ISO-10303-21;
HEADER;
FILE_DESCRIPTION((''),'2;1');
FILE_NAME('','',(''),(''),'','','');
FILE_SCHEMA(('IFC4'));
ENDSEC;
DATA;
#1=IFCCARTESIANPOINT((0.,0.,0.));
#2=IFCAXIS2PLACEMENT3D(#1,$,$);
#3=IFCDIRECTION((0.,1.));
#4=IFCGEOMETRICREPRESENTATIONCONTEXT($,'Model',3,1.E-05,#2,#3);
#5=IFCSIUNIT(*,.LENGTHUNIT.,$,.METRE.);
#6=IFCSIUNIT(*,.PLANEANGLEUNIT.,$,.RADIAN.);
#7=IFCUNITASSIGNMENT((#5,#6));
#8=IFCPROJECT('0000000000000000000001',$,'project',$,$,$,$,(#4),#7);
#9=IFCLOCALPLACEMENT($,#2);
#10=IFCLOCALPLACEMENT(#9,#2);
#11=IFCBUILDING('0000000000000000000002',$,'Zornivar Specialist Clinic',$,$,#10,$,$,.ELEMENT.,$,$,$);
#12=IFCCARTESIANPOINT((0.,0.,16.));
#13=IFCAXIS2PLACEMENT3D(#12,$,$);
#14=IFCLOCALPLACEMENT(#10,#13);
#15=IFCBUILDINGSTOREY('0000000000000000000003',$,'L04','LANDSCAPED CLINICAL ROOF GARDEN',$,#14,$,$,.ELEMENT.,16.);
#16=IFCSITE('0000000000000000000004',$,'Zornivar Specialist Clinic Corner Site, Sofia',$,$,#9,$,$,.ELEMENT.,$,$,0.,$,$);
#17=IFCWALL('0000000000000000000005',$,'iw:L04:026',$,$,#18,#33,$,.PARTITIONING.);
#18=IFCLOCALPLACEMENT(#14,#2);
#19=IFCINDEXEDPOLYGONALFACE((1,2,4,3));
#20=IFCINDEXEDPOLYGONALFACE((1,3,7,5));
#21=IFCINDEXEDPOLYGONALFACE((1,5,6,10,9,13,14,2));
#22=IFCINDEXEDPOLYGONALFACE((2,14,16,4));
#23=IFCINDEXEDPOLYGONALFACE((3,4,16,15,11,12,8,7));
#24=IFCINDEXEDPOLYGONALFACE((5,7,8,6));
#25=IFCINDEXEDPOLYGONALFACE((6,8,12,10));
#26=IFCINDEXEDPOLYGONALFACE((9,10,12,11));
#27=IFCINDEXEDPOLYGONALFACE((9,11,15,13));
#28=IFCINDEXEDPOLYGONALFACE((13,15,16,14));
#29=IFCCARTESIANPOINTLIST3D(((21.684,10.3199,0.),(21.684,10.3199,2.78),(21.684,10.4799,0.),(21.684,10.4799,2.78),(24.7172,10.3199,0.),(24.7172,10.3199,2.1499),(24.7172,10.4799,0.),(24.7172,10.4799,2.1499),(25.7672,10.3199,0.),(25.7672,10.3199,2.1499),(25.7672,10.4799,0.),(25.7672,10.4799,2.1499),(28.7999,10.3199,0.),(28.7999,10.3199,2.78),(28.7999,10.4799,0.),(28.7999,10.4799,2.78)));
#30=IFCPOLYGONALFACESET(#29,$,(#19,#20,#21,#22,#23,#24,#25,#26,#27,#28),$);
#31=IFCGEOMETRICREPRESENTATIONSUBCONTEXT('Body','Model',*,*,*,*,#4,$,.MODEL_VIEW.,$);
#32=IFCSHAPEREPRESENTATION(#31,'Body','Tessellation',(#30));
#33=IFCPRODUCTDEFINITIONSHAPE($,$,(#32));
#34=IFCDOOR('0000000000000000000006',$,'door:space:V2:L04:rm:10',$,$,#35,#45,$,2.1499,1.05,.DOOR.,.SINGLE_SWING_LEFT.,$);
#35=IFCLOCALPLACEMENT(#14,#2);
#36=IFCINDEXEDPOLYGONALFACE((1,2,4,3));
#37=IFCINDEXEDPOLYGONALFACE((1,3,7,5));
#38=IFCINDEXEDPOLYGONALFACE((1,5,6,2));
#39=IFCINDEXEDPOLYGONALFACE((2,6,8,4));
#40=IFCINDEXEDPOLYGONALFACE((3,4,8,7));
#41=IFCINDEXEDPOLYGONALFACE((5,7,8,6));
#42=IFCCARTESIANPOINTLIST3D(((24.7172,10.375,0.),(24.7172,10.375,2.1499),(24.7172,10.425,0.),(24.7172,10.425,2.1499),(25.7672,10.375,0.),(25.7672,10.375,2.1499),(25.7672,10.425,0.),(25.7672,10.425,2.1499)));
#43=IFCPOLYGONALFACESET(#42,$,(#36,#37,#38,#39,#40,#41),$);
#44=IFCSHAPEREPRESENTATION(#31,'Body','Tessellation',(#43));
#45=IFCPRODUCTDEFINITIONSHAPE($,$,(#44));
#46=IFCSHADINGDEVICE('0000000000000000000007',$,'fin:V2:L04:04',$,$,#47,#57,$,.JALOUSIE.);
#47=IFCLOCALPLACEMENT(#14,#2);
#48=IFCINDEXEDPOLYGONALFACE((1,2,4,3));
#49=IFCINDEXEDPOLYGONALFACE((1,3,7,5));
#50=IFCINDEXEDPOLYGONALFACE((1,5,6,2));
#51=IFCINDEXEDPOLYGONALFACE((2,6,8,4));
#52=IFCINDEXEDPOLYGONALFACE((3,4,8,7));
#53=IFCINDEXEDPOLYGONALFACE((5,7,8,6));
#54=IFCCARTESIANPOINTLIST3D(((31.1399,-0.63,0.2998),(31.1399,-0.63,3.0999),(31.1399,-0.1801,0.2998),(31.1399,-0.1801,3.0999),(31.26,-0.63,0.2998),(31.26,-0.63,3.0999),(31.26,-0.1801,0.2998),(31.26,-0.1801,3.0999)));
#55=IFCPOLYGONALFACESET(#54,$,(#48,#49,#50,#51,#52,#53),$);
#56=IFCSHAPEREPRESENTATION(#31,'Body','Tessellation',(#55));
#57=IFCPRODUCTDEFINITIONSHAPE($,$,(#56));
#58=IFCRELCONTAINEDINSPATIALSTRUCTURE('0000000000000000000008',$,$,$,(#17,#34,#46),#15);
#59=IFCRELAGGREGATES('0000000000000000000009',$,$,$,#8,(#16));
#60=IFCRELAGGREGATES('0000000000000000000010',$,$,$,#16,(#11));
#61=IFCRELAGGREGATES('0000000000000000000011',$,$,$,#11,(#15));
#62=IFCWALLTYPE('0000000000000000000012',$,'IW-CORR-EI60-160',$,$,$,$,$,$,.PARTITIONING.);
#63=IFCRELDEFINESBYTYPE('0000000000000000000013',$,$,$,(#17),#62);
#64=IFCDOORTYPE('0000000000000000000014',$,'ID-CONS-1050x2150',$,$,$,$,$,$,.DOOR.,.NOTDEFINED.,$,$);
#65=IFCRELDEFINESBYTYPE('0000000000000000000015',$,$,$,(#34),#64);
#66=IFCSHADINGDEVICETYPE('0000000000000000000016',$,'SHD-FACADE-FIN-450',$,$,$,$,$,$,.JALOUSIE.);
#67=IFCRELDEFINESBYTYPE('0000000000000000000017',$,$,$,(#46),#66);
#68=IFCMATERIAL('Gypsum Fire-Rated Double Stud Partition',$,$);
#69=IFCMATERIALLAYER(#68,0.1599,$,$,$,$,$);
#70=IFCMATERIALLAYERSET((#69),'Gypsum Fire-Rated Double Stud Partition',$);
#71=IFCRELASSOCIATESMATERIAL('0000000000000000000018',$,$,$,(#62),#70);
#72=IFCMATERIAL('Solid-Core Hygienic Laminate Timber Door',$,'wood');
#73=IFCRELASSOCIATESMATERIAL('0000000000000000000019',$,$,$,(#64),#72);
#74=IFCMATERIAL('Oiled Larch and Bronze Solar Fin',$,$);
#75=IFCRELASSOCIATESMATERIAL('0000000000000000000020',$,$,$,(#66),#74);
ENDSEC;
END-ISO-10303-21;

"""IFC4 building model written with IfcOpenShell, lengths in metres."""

from ifc_helpers import new_model, si_unit, direction, frame, frame_2d, origin, origin_2d, place, context, subcontext, project, spatial, rectangle, extrude, material, layer, layer_set, type_object, element, fill, save


model = new_model("IFC4")

# Units and contexts
model_context = context("Model", 3, precision=1e-05, world=origin(), true_north=direction((0.0, 1.0)))
body_context = subcontext(model_context, "Body", "Model", "MODEL_VIEW")
ifc_project = project(units=[si_unit("LENGTHUNIT", "METRE"), si_unit("PLANEANGLEUNIT", "RADIAN")], contexts=[model_context])

# Site, building, storey
site_placement = place(None, origin())
site = spatial("IfcSite", under=ifc_project, at=site_placement, Name="Zornivar Specialist Clinic Corner Site, Sofia", CompositionType="ELEMENT", RefElevation=0.0)
building_placement = place(site_placement, origin())
building = spatial("IfcBuilding", under=site, at=building_placement, Name="Zornivar Specialist Clinic", CompositionType="ELEMENT")
storey_placement = place(building_placement, frame((0.0, 0.0, 16.0)))
storey = spatial("IfcBuildingStorey", under=building, at=storey_placement, Name="L04", Description="LANDSCAPED CLINICAL ROOF GARDEN", CompositionType="ELEMENT", Elevation=16.0)

# Wall, opening, door
ifc_material_1 = material(Name="Gypsum Fire-Rated Double Stud Partition")
ifc_layer_1 = layer(ifc_material_1, 0.1599)
ifc_layer_set_1 = layer_set([ifc_layer_1], Name="Gypsum Fire-Rated Double Stud Partition")
wall_type_1 = type_object("IfcWallType", Name="IW-CORR-EI60-160", PredefinedType="PARTITIONING", material=ifc_layer_set_1)
wall_1_placement = place(storey_placement, frame((28.8, 10.3999, 0.0), z_axis=(0.0, 0.0, 1.0), x_axis=(-1.0, 0.0, 0.0)))
wall_1 = element("IfcWall", 1, at=wall_1_placement, inside=storey, type_object=wall_type_1, Name="iw:L04:026", PredefinedType="PARTITIONING", context=body_context, shape_type="SweptSolid", body=[
    extrude(rectangle(XDim=7.116, YDim=0.1599, at=frame_2d((3.5581, 0.0))), origin(), (0.0, 0.0, 1.0), 2.78),
])
opening_1_placement = place(wall_1_placement, frame((3.033, 0.0, 0.0)))
opening_1 = element("IfcOpeningElement", 2, at=opening_1_placement, cuts=wall_1, PredefinedType="OPENING", context=body_context, shape_type="SweptSolid", body=[
    extrude(rectangle(XDim=1.05, YDim=2.1499, at=frame_2d((0.5249, 1.075))), frame((0.0, 0.0898, 0.0), z_axis=(0.0, -1.0, 0.0), x_axis=(1.0, 0.0, 0.0)), (0.0, 0.0, 1.0), 0.1799),
])
ifc_material_2 = material(Name="Solid-Core Hygienic Laminate Timber Door", Category="wood")
door_type_1 = type_object("IfcDoorType", Name="ID-CONS-1050x2150", OperationType="NOTDEFINED", PredefinedType="DOOR", material=ifc_material_2)
door_1_placement = place(opening_1_placement, origin())
door_1 = element("IfcDoor", 3, at=door_1_placement, inside=storey, type_object=door_type_1, Name="door:space:V2:L04:rm:10", OperationType="SINGLE_SWING_LEFT", OverallHeight=2.1499, OverallWidth=1.05, PredefinedType="DOOR", context=body_context, shape_type="SweptSolid", body=[
    extrude(rectangle(XDim=1.05, YDim=2.1499, at=frame_2d((0.5249, 1.075))), frame((0.0, 0.0249, 0.0), z_axis=(0.0, -1.0, 0.0), x_axis=(1.0, 0.0, 0.0)), (0.0, 0.0, 1.0), 0.05),
])
fill(opening_1, door_1)

# Shading device
ifc_material_3 = material(Name="Oiled Larch and Bronze Solar Fin")
shading_device_type = type_object("IfcShadingDeviceType", Name="SHD-FACADE-FIN-450", PredefinedType="JALOUSIE", material=ifc_material_3)
shading_device_placement = place(storey_placement, frame((31.2, -0.405, 0.2998), z_axis=(0.0, 0.0, 1.0), x_axis=(1.0, 0.0, 0.0)))
element("IfcShadingDevice", 4, at=shading_device_placement, inside=storey, type_object=shading_device_type, Name="fin:V2:L04:04", PredefinedType="JALOUSIE", context=body_context, shape_type="SweptSolid", body=[
    extrude(rectangle(XDim=0.1201, YDim=0.45, at=origin_2d()), origin(), (0.0, 0.0, 1.0), 2.8),
])

save(model, "model.ifc")
